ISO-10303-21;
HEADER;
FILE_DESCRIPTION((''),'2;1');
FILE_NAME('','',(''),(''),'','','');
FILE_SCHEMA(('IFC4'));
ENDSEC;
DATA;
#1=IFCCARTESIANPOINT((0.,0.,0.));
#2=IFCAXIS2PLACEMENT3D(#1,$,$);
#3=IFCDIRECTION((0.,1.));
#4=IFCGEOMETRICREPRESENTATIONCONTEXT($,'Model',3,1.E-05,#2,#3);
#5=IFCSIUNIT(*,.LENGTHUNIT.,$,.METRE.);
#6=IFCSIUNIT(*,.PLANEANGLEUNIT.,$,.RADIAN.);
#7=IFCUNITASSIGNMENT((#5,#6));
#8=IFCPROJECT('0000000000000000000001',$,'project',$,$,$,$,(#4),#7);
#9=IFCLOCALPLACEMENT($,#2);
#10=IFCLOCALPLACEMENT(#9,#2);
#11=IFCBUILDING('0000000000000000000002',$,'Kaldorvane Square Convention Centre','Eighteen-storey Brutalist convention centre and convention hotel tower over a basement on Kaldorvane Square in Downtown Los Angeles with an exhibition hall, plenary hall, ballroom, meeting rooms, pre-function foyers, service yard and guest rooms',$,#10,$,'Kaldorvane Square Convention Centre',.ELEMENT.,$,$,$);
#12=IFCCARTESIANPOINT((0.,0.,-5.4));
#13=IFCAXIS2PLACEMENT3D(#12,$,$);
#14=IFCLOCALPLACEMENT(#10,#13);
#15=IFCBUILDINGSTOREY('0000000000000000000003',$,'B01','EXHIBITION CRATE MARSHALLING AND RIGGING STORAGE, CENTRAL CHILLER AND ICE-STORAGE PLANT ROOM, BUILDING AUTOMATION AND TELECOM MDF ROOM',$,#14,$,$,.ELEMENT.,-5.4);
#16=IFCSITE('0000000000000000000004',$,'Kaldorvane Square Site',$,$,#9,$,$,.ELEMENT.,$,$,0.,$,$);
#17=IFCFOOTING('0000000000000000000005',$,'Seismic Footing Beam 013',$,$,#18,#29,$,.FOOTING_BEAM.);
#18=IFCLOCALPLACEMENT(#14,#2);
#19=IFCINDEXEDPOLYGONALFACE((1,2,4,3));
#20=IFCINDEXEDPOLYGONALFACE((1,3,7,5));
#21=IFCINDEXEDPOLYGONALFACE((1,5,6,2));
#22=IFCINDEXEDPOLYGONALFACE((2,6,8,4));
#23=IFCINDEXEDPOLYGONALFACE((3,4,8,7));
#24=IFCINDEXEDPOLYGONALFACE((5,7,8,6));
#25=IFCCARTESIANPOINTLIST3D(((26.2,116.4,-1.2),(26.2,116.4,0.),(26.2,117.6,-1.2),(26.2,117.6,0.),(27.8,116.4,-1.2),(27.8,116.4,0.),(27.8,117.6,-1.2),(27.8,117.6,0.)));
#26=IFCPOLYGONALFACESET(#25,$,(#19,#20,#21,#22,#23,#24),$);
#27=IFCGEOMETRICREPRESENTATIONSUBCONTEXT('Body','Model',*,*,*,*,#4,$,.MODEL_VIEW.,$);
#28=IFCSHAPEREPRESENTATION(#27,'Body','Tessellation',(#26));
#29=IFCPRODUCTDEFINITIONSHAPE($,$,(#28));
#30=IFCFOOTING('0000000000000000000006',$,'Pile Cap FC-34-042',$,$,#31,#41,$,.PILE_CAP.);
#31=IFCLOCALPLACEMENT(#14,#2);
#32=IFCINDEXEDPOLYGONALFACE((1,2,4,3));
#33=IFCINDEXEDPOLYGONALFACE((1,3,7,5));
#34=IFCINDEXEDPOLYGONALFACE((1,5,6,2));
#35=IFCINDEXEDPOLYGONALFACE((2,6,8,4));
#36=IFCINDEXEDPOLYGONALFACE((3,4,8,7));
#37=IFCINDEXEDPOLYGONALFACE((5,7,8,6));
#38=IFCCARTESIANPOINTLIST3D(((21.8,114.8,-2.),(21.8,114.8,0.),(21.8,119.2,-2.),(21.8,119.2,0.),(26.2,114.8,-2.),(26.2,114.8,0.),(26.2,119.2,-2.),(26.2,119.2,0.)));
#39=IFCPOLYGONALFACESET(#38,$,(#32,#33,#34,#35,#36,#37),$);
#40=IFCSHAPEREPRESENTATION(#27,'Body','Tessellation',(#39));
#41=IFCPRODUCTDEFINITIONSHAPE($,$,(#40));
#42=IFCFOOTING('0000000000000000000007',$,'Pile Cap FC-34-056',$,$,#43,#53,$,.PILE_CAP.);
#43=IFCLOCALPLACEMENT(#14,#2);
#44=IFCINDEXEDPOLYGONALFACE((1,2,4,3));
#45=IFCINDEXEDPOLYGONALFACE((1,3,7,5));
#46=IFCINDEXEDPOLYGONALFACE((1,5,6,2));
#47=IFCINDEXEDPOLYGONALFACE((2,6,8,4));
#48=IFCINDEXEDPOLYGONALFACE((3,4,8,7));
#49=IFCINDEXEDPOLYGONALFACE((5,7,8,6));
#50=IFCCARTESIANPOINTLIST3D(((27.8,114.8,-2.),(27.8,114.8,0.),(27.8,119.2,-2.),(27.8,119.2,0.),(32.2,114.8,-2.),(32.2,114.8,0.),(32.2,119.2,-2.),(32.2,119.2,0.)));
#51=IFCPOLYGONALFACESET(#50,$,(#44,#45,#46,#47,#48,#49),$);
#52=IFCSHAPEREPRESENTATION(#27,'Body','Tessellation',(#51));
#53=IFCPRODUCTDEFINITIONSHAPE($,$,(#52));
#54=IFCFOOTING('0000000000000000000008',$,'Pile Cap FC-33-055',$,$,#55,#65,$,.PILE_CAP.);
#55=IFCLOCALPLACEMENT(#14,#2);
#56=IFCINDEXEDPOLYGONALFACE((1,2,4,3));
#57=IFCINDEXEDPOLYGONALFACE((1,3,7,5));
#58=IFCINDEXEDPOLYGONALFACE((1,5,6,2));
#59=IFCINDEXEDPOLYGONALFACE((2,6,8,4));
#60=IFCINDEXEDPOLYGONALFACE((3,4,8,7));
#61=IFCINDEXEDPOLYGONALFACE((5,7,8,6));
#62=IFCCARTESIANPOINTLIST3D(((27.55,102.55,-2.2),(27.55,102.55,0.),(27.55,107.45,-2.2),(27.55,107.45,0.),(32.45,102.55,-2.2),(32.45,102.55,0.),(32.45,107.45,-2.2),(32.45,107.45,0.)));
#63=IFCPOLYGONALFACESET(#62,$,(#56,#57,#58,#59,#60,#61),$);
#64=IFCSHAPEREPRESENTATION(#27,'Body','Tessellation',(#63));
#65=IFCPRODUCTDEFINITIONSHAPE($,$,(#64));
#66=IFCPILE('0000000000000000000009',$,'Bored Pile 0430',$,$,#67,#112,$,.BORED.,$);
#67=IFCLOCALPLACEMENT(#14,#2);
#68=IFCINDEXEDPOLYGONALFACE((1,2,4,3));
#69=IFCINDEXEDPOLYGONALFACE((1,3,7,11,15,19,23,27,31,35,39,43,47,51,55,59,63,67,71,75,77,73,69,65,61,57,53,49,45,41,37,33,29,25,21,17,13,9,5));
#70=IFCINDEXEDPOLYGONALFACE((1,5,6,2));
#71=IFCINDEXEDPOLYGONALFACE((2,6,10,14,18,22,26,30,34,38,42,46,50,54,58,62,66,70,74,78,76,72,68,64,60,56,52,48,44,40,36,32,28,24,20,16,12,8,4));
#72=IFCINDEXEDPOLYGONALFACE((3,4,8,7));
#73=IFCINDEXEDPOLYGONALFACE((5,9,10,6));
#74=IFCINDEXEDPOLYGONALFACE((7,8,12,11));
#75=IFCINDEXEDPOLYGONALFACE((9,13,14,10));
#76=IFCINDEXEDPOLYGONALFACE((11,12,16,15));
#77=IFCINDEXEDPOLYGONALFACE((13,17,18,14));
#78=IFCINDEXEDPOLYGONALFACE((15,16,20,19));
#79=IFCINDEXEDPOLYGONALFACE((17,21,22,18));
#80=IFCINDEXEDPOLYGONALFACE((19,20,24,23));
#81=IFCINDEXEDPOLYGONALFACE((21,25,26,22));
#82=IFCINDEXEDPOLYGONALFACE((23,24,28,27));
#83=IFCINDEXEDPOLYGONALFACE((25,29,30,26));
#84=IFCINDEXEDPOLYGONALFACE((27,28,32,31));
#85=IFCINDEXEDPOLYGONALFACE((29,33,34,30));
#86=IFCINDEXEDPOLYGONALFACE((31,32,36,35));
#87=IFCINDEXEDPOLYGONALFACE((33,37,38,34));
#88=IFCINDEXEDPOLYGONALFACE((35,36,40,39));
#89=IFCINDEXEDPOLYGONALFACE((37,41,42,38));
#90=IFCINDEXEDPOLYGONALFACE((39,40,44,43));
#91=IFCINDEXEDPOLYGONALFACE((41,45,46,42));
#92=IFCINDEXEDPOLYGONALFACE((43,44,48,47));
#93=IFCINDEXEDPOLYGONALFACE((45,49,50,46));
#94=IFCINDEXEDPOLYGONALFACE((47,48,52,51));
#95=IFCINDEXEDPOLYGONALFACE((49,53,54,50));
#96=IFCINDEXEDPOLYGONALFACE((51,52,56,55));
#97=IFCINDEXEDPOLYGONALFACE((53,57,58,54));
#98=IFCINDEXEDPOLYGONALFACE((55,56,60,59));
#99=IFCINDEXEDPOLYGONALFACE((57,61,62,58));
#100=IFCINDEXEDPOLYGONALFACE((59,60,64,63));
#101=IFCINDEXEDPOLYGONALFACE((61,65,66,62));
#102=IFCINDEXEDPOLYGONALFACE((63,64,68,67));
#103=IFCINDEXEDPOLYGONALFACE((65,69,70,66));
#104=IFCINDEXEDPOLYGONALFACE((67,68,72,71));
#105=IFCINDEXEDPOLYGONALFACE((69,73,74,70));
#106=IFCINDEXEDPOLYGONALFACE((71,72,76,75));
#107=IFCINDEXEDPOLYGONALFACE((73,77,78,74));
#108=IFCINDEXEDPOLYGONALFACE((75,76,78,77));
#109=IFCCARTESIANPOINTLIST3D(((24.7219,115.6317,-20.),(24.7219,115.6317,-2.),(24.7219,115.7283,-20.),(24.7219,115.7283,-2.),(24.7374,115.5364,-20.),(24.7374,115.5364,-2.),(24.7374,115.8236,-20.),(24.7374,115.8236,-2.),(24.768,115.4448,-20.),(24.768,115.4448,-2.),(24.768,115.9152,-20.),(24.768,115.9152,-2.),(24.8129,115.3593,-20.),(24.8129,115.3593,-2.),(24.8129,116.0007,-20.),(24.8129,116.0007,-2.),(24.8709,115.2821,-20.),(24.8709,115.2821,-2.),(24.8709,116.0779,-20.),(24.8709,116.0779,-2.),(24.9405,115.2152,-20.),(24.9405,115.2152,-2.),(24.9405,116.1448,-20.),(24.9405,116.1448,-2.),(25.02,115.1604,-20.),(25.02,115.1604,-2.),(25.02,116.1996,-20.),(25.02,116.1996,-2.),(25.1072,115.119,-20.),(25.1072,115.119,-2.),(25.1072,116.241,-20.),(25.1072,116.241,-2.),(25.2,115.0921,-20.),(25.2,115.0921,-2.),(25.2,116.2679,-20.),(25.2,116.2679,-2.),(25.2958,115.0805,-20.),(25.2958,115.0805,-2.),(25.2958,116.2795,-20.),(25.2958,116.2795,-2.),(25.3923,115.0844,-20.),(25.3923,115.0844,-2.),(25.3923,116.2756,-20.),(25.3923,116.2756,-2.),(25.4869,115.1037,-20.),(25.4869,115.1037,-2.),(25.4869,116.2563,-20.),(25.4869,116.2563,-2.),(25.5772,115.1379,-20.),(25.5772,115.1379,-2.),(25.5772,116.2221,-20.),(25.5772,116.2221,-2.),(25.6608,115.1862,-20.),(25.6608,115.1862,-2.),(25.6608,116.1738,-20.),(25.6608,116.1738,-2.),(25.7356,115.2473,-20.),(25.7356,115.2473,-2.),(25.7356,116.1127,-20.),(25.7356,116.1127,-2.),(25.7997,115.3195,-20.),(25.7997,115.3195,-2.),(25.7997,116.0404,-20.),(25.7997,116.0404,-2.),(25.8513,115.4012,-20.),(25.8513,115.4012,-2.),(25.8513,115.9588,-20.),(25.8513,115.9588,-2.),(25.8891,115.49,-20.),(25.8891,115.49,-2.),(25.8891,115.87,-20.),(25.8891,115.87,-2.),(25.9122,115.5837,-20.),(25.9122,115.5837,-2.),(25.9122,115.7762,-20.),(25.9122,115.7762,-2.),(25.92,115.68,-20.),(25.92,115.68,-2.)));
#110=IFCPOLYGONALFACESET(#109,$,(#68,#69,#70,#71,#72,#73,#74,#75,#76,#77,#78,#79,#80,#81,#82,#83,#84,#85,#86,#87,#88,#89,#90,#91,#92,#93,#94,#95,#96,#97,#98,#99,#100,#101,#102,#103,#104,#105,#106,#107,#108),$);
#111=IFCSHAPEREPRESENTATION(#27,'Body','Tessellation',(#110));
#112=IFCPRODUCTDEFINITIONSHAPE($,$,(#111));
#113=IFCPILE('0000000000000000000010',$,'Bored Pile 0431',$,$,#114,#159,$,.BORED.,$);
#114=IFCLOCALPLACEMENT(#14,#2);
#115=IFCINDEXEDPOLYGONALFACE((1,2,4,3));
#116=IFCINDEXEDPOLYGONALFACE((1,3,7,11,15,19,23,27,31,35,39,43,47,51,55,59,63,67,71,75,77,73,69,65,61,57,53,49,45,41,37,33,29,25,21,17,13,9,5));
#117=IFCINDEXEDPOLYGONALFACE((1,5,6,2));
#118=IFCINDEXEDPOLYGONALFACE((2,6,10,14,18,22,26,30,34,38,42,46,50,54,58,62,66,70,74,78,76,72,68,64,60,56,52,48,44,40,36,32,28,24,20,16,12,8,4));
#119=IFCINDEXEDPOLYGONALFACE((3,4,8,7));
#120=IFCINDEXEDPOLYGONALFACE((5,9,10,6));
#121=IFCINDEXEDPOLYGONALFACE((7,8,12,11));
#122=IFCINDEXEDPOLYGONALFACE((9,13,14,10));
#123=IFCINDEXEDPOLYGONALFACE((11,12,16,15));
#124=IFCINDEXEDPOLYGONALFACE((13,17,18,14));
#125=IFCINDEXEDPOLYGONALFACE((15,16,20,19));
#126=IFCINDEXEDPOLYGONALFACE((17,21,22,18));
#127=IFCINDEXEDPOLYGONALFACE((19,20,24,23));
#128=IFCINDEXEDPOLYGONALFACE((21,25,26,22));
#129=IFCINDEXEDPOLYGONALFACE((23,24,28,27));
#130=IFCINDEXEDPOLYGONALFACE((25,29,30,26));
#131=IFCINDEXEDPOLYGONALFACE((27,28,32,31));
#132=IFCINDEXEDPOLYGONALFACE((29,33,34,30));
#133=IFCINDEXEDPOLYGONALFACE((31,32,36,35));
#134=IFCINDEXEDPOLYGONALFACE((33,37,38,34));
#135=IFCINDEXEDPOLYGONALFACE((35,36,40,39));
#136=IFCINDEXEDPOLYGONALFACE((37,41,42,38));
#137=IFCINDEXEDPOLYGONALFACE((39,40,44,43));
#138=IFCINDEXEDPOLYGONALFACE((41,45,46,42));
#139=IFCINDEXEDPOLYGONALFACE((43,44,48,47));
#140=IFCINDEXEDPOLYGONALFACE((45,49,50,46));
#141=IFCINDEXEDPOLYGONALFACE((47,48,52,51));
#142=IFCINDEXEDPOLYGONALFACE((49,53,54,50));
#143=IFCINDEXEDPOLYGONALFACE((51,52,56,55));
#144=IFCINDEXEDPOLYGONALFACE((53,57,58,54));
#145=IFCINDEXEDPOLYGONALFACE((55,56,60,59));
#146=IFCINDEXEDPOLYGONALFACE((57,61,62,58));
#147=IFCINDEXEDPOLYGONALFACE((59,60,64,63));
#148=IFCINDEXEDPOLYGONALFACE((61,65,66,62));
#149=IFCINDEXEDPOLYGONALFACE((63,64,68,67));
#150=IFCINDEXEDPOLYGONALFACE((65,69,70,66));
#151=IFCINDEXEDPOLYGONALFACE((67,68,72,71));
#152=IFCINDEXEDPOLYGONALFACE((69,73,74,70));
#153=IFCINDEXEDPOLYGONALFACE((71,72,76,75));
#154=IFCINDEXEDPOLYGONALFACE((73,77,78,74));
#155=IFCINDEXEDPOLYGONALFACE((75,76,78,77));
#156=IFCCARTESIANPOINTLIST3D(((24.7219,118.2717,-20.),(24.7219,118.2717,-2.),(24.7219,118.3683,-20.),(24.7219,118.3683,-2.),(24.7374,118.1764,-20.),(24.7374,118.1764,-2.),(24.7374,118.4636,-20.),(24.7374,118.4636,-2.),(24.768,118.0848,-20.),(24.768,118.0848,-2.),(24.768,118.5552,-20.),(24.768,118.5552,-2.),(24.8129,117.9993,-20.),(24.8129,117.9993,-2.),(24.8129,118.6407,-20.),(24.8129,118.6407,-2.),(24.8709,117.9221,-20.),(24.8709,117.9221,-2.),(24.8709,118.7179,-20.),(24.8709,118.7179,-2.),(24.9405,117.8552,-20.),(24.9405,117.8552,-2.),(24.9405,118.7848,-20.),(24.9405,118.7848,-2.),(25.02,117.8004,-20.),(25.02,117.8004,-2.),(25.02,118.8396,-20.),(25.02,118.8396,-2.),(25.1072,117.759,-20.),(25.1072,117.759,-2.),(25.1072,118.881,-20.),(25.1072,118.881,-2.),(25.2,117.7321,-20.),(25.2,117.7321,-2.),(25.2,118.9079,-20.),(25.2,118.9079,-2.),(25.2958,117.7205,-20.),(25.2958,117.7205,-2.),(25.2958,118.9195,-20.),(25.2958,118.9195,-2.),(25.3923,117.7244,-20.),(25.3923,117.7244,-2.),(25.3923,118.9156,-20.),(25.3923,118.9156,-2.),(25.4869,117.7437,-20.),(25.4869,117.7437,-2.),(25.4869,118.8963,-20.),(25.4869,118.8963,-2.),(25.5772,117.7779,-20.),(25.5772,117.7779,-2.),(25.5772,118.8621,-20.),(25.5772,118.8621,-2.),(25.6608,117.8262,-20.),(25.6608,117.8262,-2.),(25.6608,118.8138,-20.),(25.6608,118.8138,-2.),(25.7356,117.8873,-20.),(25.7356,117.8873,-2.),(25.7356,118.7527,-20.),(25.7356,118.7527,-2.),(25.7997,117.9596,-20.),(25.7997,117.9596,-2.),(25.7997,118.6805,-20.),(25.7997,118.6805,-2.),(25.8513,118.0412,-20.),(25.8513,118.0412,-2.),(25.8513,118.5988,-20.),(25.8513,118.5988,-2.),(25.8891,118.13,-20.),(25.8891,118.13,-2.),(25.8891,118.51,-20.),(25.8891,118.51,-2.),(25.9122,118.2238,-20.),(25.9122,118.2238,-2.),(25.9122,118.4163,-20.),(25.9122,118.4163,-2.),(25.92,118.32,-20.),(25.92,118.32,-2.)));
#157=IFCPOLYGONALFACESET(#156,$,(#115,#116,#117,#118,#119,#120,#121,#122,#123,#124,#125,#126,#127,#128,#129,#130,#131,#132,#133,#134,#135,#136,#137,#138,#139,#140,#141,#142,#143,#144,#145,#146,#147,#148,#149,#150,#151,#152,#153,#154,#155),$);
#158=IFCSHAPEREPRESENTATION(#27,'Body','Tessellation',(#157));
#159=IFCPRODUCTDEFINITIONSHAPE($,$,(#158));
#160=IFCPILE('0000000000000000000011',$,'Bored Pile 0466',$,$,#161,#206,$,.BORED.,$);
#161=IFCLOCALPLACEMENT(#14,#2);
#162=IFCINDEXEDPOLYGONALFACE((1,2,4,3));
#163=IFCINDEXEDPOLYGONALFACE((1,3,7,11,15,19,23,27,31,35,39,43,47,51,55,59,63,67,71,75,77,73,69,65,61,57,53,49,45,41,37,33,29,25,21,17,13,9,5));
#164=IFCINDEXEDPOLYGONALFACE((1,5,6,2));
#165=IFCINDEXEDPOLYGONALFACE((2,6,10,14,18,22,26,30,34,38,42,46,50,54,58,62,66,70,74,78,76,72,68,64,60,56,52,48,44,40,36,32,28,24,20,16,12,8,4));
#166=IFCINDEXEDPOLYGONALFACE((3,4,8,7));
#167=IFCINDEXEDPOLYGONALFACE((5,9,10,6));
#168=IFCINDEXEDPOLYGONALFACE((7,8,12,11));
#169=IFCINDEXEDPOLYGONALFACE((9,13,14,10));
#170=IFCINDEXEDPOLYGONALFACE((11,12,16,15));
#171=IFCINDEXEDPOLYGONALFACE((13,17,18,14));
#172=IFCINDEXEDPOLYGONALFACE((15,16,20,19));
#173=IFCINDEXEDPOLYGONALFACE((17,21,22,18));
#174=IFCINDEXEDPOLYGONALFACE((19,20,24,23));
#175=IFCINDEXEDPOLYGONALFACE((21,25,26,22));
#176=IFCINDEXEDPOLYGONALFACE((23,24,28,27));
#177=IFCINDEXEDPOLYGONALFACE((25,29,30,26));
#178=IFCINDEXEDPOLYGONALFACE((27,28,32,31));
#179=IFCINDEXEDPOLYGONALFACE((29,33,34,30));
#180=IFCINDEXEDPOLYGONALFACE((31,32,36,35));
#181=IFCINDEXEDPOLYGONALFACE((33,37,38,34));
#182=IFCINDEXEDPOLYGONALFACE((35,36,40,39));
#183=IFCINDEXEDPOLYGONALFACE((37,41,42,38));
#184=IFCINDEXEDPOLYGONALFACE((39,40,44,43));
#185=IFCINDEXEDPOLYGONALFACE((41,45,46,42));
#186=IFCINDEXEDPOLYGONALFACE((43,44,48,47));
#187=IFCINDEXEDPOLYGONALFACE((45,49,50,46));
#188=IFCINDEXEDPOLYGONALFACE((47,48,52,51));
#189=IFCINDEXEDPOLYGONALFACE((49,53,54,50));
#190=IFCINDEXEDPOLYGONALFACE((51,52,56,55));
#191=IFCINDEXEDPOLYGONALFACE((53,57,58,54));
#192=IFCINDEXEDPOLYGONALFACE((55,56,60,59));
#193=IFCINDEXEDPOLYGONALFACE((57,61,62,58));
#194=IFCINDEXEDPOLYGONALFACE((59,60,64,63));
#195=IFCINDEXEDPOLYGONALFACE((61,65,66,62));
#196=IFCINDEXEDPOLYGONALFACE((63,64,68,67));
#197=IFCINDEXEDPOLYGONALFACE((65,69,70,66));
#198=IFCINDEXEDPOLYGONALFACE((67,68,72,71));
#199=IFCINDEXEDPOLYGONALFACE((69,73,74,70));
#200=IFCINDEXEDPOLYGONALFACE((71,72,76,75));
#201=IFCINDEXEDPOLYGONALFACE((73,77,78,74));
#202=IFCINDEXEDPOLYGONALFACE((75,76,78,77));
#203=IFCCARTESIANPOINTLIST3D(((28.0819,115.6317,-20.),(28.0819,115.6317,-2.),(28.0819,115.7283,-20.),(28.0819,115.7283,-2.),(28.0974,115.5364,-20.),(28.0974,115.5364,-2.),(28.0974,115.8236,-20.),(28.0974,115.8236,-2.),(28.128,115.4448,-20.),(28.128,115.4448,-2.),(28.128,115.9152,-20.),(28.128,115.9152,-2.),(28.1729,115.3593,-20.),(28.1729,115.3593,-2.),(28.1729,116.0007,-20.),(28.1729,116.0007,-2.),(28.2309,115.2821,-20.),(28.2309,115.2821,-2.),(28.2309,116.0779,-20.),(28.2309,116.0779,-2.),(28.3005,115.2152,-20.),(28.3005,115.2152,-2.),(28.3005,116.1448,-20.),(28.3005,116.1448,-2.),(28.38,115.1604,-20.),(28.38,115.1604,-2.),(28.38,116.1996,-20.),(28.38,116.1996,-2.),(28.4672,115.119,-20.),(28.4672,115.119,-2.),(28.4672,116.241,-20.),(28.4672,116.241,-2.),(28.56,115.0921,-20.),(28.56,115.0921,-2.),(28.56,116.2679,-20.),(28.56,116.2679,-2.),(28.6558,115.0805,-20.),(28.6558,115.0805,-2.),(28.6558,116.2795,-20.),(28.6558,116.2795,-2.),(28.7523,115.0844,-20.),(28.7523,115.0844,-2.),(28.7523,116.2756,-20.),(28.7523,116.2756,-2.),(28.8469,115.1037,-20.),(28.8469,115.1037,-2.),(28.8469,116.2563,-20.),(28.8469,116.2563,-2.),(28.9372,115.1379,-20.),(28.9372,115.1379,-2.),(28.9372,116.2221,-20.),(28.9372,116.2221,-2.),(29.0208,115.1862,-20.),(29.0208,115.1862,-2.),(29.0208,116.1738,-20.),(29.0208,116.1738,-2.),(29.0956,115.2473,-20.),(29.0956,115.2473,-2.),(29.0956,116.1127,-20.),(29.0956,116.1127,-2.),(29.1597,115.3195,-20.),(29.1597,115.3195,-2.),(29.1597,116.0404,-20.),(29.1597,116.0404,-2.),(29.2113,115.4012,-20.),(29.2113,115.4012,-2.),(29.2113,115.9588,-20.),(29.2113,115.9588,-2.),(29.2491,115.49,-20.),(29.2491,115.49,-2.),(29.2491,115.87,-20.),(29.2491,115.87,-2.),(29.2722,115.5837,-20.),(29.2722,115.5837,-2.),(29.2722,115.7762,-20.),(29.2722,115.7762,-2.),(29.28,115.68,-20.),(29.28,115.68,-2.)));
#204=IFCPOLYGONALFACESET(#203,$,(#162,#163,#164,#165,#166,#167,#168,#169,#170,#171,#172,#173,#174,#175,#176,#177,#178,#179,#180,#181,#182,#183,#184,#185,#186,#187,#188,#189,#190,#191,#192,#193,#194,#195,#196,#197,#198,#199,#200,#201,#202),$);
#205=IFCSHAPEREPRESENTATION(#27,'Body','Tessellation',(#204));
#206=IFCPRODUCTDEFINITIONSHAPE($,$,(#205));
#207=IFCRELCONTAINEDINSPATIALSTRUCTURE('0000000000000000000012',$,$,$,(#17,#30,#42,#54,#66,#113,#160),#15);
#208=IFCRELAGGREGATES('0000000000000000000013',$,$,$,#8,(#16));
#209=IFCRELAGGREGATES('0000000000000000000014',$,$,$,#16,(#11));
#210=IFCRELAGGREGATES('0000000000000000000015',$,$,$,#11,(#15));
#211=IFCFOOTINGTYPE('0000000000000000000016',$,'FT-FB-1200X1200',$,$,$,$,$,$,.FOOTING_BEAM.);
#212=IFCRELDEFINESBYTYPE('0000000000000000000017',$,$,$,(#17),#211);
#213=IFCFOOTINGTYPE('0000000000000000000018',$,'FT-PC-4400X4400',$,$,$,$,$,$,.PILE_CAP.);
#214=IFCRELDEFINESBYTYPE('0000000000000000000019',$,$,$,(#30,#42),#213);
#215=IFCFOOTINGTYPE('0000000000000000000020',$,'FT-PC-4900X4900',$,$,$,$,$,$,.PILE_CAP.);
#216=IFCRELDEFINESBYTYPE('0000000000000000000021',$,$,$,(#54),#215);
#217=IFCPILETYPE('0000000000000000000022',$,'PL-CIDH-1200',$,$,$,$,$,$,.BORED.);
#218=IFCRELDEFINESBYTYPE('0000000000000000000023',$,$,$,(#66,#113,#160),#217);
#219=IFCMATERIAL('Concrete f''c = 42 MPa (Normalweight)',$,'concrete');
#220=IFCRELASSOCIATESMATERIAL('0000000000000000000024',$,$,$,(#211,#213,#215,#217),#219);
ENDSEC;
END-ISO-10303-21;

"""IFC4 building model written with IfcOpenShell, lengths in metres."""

from ifc_helpers import new_model, si_unit, direction, frame, origin, origin_2d, place, context, subcontext, project, spatial, rectangle, circle, extrude, material, material_profile, profile_set, type_object, element, save


model = new_model("IFC4")

# Units and contexts
model_context = context("Model", 3, precision=1e-05, world=origin(), true_north=direction((0.0, 1.0)))
body_context = subcontext(model_context, "Body", "Model", "MODEL_VIEW")
ifc_project = project(units=[si_unit("LENGTHUNIT", "METRE"), si_unit("PLANEANGLEUNIT", "RADIAN")], contexts=[model_context])

# Site, building, storey
site_placement = place(None, origin())
site = spatial("IfcSite", under=ifc_project, at=site_placement, Name="Kaldorvane Square Site", CompositionType="ELEMENT", RefElevation=0.0)
building_placement = place(site_placement, origin())
building = spatial("IfcBuilding", under=site, at=building_placement, Name="Kaldorvane Square Convention Centre", Description="Eighteen-storey Brutalist convention centre and convention hotel tower over a basement on Kaldorvane Square in Downtown Los Angeles with an exhibition hall, plenary hall, ballroom, meeting rooms, pre-function foyers, service yard and guest rooms", LongName="Kaldorvane Square Convention Centre", CompositionType="ELEMENT")
storey_placement = place(building_placement, frame((0.0, 0.0, -5.4)))
storey = spatial("IfcBuildingStorey", under=building, at=storey_placement, Name="B01", Description="EXHIBITION CRATE MARSHALLING AND RIGGING STORAGE, CENTRAL CHILLER AND ICE-STORAGE PLANT ROOM, BUILDING AUTOMATION AND TELECOM MDF ROOM", CompositionType="ELEMENT", Elevation=-5.4)

# Footings
ifc_material_1 = material(Name="Concrete f'c = 42 MPa (Normalweight)", Category="concrete")
footing_type_1 = type_object("IfcFootingType", Name="FT-FB-1200X1200", PredefinedType="FOOTING_BEAM", material=ifc_material_1)
footing_1_placement = place(storey_placement, frame((27.0, 117.0, -1.2), z_axis=(0.0, 0.0, 1.0), x_axis=(1.0, 0.0, 0.0)))
element("IfcFooting", 1, at=footing_1_placement, inside=storey, type_object=footing_type_1, Name="Seismic Footing Beam 013", PredefinedType="FOOTING_BEAM", context=body_context, shape_type="SweptSolid", body=[
    extrude(rectangle(XDim=1.6, YDim=1.2, at=origin_2d()), origin(), (0.0, 0.0, 1.0), 1.2),
])
footing_type_2 = type_object("IfcFootingType", Name="FT-PC-4400X4400", PredefinedType="PILE_CAP", material=ifc_material_1)
for number, where, z_axis, x_axis, name in (
    (2, (24.0, 117.0, -2.0), (0.0, 0.0, 1.0), (1.0, 0.0, 0.0), "Pile Cap FC-34-042"),
    (3, (30.0, 117.0, -2.0), (0.0, 0.0, 1.0), (1.0, 0.0, 0.0), "Pile Cap FC-34-056"),
):
    element("IfcFooting", number, at=place(storey_placement, frame(where, z_axis=z_axis, x_axis=x_axis)), inside=storey, type_object=footing_type_2, Name=name, PredefinedType="PILE_CAP", context=body_context, shape_type="SweptSolid", body=[
        extrude(rectangle(XDim=4.4, YDim=4.4, at=origin_2d()), origin(), (0.0, 0.0, 1.0), 2.0),
    ])
footing_type_3 = type_object("IfcFootingType", Name="FT-PC-4900X4900", PredefinedType="PILE_CAP", material=ifc_material_1)
footing_2_placement = place(storey_placement, frame((30.0, 105.0, -2.2), z_axis=(0.0, 0.0, 1.0), x_axis=(1.0, 0.0, 0.0)))
element("IfcFooting", 4, at=footing_2_placement, inside=storey, type_object=footing_type_3, Name="Pile Cap FC-33-055", PredefinedType="PILE_CAP", context=body_context, shape_type="SweptSolid", body=[
    extrude(rectangle(XDim=4.9, YDim=4.9, at=origin_2d()), origin(), (0.0, 0.0, 1.0), 2.2),
])

# Piles
ifc_material_profile_1 = material_profile(ifc_material_1, circle(Radius=0.6, at=origin_2d()), Name="PILE-D1200")
ifc_profile_set_1 = profile_set([ifc_material_profile_1], Name="Concrete f'c = 42 MPa (Normalweight)")
pile_type_1 = type_object("IfcPileType", Name="PL-CIDH-1200", PredefinedType="BORED", material=ifc_profile_set_1)
for number, where, z_axis, x_axis, name in (
    (5, (25.32, 115.68, -2.0), (0.0, 0.0, -1.0), (1.0, 0.0, 0.0), "Bored Pile 0430"),
    (6, (25.32, 118.32, -2.0), (0.0, 0.0, -1.0), (1.0, 0.0, 0.0), "Bored Pile 0431"),
    (7, (28.68, 115.68, -2.0), (0.0, 0.0, -1.0), (1.0, 0.0, 0.0), "Bored Pile 0466"),
):
    element("IfcPile", number, at=place(storey_placement, frame(where, z_axis=z_axis, x_axis=x_axis)), inside=storey, type_object=pile_type_1, Name=name, PredefinedType="BORED", context=body_context, shape_type="SweptSolid", body=[
        extrude(circle(Radius=0.6, at=origin_2d()), origin(), (0.0, 0.0, 1.0), 18.0),
    ])

save(model, "model.ifc")
